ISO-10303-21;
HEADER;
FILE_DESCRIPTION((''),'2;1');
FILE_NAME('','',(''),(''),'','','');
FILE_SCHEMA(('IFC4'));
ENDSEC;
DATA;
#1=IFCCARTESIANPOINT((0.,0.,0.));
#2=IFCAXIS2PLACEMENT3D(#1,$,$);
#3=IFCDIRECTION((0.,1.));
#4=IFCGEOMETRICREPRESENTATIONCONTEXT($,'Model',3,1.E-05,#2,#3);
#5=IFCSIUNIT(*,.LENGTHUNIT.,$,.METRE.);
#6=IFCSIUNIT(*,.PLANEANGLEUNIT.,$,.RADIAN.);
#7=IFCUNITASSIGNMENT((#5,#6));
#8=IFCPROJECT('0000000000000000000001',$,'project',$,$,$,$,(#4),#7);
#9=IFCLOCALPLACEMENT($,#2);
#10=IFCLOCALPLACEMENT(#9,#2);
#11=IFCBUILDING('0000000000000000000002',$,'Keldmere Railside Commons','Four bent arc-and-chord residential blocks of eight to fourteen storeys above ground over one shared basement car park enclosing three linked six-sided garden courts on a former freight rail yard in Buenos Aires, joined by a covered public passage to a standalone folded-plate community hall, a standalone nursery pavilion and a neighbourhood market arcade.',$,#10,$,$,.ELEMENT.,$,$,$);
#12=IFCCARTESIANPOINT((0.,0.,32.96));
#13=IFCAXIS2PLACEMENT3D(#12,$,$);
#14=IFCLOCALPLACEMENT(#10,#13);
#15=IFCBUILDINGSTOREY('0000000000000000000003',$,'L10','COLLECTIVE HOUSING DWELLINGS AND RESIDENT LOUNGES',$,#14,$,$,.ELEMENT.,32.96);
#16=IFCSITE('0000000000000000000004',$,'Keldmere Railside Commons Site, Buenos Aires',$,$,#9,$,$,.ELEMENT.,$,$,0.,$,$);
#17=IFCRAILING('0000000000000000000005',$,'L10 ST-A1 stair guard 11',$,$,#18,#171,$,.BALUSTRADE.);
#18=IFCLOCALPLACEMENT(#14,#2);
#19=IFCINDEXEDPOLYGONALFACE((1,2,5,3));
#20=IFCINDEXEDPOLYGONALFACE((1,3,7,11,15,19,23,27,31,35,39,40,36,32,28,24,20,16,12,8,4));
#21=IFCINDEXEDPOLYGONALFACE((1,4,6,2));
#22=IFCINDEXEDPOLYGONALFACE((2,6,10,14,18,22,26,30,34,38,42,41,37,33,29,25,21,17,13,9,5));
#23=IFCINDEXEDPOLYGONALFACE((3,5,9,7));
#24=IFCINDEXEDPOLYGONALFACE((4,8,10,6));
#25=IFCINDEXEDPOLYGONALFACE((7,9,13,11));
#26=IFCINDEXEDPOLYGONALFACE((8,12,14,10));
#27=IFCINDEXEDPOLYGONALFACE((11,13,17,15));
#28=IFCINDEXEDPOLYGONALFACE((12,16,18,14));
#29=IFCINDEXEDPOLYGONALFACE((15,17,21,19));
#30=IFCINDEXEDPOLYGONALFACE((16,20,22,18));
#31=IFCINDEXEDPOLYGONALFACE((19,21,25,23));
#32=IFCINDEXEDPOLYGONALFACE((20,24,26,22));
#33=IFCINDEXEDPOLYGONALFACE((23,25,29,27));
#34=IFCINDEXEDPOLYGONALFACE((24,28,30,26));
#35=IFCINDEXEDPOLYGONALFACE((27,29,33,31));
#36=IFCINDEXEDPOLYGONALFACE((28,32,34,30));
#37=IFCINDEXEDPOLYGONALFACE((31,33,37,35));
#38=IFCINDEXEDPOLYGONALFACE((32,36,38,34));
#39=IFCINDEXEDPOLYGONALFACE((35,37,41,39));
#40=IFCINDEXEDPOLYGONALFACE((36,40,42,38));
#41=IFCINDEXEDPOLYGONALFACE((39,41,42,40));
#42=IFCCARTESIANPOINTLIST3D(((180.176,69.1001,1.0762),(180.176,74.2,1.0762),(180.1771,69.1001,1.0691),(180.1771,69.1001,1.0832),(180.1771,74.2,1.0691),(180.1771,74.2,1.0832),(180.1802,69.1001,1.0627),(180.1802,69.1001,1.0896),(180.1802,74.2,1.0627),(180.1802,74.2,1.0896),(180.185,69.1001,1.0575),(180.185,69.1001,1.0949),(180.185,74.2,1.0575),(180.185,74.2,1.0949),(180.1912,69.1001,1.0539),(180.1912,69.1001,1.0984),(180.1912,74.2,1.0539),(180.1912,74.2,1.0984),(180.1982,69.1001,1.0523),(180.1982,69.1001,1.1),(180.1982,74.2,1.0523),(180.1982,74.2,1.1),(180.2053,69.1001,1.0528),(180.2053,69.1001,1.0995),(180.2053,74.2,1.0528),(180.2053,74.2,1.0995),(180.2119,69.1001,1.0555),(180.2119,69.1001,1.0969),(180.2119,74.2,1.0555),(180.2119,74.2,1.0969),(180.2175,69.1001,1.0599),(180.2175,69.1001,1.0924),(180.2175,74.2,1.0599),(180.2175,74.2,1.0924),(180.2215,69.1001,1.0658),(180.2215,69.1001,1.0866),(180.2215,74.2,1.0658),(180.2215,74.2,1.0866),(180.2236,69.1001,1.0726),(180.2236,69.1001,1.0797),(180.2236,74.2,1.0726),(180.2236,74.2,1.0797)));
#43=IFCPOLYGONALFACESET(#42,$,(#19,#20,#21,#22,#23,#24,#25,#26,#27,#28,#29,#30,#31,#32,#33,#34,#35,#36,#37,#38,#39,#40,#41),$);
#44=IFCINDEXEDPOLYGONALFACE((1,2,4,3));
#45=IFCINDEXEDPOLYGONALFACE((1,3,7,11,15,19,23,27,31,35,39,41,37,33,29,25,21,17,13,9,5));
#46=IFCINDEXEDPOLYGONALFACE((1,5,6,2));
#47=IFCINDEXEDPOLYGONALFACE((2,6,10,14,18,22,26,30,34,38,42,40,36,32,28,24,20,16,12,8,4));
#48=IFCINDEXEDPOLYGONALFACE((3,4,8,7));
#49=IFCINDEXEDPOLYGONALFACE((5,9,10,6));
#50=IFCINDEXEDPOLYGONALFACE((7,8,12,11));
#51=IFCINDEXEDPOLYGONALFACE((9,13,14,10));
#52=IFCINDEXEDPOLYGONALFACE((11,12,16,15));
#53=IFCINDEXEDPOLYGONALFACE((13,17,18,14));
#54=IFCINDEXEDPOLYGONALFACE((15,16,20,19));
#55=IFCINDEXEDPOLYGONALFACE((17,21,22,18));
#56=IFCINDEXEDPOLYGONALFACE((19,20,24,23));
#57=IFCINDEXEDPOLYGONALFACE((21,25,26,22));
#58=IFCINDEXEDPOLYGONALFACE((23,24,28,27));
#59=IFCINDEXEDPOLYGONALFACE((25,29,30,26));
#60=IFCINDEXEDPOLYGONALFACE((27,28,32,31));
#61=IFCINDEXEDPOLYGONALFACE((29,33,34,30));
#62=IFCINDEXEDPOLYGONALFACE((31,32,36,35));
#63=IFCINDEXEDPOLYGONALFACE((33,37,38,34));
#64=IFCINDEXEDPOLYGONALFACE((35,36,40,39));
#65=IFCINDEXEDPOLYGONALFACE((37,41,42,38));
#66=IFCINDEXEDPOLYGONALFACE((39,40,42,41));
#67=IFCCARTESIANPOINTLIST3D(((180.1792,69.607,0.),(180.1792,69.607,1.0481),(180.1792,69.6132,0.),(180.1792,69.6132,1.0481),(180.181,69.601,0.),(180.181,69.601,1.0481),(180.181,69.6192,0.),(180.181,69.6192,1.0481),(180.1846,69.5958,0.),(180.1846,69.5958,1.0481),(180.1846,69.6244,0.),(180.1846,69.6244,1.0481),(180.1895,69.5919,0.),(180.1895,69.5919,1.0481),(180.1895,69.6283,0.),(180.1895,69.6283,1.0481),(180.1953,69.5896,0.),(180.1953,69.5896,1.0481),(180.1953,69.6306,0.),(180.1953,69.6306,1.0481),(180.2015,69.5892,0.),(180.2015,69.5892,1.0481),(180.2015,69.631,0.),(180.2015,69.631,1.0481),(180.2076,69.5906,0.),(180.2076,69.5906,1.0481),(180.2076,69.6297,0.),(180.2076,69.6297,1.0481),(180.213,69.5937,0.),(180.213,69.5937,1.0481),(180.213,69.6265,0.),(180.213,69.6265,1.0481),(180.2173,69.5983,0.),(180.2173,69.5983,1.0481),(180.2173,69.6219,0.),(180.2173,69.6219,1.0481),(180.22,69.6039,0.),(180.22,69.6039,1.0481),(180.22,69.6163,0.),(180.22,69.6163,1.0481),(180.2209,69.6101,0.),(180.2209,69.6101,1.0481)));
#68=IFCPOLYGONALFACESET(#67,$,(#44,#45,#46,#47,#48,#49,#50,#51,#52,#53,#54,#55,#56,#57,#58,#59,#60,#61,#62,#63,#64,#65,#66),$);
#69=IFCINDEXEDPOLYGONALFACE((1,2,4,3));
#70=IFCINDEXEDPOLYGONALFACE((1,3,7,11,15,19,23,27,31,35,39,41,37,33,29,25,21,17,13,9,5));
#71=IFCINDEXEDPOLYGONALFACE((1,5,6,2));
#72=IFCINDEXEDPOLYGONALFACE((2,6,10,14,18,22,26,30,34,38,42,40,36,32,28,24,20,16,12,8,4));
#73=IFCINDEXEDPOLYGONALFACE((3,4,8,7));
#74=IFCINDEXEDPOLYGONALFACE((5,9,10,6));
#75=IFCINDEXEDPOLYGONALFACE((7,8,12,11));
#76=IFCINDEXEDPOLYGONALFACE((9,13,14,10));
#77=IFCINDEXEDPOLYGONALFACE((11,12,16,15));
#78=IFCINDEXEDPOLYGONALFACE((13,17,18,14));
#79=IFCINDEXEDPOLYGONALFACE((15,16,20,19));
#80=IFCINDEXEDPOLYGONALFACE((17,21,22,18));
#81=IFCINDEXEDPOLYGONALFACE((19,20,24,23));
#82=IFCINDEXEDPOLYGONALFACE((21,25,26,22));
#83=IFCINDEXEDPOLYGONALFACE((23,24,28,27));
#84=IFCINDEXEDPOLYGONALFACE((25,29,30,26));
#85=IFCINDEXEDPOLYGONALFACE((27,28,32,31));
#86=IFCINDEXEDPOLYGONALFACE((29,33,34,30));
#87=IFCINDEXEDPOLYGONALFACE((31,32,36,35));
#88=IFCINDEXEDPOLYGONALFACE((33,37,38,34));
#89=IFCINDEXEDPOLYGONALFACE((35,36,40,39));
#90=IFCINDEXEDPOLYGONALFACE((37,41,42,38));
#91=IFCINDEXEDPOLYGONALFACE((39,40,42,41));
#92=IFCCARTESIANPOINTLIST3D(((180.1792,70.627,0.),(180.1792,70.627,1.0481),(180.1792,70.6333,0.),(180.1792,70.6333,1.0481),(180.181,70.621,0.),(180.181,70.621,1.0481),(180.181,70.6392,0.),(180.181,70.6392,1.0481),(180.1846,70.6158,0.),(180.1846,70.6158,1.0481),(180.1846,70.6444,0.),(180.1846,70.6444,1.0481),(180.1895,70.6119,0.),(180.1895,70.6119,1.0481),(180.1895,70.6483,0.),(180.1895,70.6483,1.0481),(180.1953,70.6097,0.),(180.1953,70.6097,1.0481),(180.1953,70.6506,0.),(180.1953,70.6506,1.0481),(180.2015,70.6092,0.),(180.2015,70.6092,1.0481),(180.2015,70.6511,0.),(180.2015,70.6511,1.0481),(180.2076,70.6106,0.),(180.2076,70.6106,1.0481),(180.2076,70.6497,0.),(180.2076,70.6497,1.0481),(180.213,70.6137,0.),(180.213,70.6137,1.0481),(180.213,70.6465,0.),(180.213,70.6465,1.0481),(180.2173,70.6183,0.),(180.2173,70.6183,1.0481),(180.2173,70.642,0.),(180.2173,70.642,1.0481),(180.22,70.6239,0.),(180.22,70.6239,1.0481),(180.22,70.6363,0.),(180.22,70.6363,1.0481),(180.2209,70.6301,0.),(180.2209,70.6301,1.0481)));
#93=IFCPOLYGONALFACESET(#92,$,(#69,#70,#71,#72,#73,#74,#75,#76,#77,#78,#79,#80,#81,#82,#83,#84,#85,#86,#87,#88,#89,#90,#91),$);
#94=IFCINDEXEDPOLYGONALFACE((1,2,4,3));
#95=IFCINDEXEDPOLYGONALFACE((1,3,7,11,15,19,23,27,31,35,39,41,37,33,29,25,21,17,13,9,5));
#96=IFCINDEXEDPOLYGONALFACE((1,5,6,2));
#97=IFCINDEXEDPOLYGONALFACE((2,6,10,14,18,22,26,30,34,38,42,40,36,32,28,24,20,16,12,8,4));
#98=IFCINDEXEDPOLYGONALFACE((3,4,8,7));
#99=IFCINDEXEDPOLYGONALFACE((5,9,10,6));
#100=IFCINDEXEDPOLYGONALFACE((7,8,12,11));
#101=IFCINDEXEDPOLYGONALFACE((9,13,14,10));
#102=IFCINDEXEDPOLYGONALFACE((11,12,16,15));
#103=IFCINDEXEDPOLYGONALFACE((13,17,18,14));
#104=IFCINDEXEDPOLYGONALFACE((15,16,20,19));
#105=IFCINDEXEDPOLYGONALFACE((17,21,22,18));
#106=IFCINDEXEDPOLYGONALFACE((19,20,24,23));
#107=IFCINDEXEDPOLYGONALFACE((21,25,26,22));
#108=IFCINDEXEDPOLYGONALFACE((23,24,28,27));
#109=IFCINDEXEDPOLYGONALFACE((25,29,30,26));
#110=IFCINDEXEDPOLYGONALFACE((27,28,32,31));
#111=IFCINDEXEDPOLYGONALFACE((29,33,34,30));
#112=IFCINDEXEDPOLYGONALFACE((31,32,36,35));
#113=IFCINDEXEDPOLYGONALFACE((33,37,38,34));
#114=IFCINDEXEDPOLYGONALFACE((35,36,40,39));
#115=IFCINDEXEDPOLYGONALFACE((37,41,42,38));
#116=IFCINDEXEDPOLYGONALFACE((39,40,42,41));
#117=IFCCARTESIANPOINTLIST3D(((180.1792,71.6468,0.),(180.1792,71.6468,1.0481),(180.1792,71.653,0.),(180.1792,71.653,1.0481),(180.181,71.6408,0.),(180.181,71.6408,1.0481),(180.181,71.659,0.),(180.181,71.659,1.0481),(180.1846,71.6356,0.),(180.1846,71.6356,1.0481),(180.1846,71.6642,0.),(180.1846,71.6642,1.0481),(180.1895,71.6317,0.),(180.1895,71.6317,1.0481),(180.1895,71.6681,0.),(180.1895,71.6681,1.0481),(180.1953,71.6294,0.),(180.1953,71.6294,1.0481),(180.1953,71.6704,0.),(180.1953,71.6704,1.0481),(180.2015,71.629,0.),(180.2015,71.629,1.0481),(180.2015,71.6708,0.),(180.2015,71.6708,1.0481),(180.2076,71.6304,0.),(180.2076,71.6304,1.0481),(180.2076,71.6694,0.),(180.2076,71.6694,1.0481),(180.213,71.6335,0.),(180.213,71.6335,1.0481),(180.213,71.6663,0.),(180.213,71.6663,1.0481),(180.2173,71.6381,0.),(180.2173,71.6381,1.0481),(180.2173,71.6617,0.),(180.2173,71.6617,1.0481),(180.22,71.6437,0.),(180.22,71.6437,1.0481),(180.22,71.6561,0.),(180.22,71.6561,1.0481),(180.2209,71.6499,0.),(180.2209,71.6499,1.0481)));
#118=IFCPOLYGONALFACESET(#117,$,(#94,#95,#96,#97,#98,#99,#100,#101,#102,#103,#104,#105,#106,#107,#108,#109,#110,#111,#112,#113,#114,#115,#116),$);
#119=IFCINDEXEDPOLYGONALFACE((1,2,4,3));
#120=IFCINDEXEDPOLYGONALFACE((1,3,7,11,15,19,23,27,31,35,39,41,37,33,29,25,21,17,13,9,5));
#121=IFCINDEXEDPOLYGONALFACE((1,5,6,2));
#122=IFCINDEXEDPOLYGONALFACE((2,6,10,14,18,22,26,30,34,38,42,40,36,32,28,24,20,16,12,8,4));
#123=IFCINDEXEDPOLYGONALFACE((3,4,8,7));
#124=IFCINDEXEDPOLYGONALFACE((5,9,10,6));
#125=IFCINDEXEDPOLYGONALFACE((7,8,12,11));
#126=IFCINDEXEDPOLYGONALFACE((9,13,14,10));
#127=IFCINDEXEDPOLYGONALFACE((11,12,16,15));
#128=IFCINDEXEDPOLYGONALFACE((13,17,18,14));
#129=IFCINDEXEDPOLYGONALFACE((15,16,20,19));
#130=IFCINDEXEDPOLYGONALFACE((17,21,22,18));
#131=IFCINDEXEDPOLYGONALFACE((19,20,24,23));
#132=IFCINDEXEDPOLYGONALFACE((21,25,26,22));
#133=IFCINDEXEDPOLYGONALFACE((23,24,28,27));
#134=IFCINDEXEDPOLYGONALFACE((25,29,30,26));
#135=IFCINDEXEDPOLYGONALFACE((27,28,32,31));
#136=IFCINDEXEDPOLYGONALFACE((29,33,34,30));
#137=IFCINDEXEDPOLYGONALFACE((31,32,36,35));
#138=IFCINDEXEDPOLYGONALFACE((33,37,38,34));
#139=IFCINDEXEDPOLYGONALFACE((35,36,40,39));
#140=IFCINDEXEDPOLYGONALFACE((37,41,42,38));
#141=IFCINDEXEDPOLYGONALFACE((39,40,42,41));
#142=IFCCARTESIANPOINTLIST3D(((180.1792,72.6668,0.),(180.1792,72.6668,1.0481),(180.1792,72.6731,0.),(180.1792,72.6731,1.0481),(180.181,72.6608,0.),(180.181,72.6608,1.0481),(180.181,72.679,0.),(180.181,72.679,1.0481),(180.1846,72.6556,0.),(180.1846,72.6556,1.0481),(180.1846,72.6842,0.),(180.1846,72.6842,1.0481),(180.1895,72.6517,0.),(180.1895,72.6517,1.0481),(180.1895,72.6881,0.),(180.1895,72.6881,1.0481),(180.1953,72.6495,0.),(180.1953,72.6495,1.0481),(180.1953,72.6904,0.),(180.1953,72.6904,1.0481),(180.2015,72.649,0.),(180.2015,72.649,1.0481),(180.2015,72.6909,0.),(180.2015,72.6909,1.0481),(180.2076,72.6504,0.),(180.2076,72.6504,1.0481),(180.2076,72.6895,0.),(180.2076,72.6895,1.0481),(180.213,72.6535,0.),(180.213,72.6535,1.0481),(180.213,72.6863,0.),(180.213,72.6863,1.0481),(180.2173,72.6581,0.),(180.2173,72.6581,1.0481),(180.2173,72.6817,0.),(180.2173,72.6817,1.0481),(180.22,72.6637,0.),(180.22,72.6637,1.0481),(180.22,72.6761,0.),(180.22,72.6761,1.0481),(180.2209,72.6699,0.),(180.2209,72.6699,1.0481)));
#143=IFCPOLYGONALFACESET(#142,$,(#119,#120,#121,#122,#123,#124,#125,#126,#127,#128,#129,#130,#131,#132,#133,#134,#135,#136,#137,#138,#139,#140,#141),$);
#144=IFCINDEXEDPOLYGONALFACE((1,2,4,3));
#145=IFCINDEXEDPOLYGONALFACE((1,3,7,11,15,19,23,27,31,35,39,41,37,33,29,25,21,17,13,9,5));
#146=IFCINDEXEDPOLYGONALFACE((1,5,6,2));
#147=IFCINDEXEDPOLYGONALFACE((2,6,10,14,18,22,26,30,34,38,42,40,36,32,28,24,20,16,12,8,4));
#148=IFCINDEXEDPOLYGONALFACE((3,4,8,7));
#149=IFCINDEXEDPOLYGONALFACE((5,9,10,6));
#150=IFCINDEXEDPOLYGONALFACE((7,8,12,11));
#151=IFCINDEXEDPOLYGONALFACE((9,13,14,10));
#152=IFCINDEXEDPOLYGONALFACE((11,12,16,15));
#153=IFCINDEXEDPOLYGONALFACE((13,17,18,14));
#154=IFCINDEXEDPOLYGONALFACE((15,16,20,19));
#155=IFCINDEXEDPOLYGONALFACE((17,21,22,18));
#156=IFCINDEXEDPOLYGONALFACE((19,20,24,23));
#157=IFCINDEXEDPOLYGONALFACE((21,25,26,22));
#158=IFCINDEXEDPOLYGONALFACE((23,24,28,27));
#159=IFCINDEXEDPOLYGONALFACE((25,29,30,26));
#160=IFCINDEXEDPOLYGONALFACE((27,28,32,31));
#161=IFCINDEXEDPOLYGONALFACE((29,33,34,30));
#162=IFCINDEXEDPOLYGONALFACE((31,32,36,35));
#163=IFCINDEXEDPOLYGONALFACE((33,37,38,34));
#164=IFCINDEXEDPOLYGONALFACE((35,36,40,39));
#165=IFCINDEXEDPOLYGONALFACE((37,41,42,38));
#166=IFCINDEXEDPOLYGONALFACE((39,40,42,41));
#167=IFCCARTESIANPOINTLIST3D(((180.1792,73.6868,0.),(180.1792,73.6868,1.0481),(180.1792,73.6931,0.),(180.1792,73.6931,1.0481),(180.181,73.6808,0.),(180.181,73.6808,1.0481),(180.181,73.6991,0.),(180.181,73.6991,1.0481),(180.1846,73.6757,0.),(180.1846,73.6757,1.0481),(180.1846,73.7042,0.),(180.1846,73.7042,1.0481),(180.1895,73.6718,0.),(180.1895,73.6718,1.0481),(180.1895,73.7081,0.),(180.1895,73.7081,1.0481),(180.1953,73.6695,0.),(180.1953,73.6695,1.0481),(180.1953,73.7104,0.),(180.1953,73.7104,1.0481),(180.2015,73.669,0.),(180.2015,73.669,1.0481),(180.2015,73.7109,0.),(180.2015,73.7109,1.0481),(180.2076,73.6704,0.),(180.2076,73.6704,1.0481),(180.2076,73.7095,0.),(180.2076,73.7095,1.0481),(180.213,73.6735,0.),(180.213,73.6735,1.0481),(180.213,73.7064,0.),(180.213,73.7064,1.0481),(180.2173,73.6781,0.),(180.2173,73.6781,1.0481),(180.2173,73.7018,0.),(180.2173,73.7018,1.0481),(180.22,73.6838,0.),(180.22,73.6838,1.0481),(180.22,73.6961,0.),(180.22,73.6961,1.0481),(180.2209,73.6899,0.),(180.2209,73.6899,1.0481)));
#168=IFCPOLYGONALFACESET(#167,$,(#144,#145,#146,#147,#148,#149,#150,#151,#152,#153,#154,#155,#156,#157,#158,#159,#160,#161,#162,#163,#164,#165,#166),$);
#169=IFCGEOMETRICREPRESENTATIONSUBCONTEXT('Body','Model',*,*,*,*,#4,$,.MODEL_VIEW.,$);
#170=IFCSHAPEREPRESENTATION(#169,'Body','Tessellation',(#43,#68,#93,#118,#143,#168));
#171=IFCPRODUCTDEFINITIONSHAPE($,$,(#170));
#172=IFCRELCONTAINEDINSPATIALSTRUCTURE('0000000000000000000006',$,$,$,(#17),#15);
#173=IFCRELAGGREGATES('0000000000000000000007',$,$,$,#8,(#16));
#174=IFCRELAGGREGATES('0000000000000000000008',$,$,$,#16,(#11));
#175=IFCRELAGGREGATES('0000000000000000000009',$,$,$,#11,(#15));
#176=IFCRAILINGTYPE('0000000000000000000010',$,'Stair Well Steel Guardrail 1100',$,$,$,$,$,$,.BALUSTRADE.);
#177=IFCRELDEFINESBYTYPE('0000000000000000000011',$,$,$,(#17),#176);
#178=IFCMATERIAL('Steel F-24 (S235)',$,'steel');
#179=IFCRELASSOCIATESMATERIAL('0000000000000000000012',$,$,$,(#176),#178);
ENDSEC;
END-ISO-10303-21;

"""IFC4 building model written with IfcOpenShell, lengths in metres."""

from ifc_helpers import new_model, si_unit, direction, frame, origin, origin_2d, place, context, subcontext, project, spatial, circle, extrude, material, type_object, element, save


model = new_model("IFC4")

# Units and contexts
model_context = context("Model", 3, precision=1e-05, world=origin(), true_north=direction((0.0, 1.0)))
body_context = subcontext(model_context, "Body", "Model", "MODEL_VIEW")
ifc_project = project(units=[si_unit("LENGTHUNIT", "METRE"), si_unit("PLANEANGLEUNIT", "RADIAN")], contexts=[model_context])

# Site, building, storey
site_placement = place(None, origin())
site = spatial("IfcSite", under=ifc_project, at=site_placement, Name="Keldmere Railside Commons Site, Buenos Aires", CompositionType="ELEMENT", RefElevation=0.0)
building_placement = place(site_placement, origin())
building = spatial("IfcBuilding", under=site, at=building_placement, Name="Keldmere Railside Commons", Description="Four bent arc-and-chord residential blocks of eight to fourteen storeys above ground over one shared basement car park enclosing three linked six-sided garden courts on a former freight rail yard in Buenos Aires, joined by a covered public passage to a standalone folded-plate community hall, a standalone nursery pavilion and a neighbourhood market arcade.", CompositionType="ELEMENT")
storey_placement = place(building_placement, frame((0.0, 0.0, 32.96)))
storey = spatial("IfcBuildingStorey", under=building, at=storey_placement, Name="L10", Description="COLLECTIVE HOUSING DWELLINGS AND RESIDENT LOUNGES", CompositionType="ELEMENT", Elevation=32.96)

# Railing
ifc_material_1 = material(Name="Steel F-24 (S235)", Category="steel")
railing_type_1 = type_object("IfcRailingType", Name="Stair Well Steel Guardrail 1100", PredefinedType="BALUSTRADE", material=ifc_material_1)
railing_1_placement = place(storey_placement, frame((180.2, 69.1001, 0.0)))
element("IfcRailing", 1, at=railing_1_placement, inside=storey, type_object=railing_type_1, Name="L10 ST-A1 stair guard 11", PredefinedType="BALUSTRADE", context=body_context, shape_type="SweptSolid", body=[
    extrude(circle(Radius=0.0239, at=origin_2d()), frame((0.0, 0.0, 1.0762), z_axis=(0.0, 1.0, 0.0), x_axis=(-1.0, 0.0, 0.0)), (0.0, 0.0, 1.0), 5.0999),
    extrude(circle(Radius=0.021, at=origin_2d()), frame((0.0, 0.51, 0.0)), (0.0, 0.0, 1.0), 1.0481),
    extrude(circle(Radius=0.021, at=origin_2d()), frame((0.0, 1.53, 0.0)), (0.0, 0.0, 1.0), 1.0481),
    extrude(circle(Radius=0.021, at=origin_2d()), frame((0.0, 2.5498, 0.0)), (0.0, 0.0, 1.0), 1.0481),
    extrude(circle(Radius=0.021, at=origin_2d()), frame((0.0, 3.5698, 0.0)), (0.0, 0.0, 1.0), 1.0481),
    extrude(circle(Radius=0.021, at=origin_2d()), frame((0.0, 4.5898, 0.0)), (0.0, 0.0, 1.0), 1.0481),
])

save(model, "model.ifc")
